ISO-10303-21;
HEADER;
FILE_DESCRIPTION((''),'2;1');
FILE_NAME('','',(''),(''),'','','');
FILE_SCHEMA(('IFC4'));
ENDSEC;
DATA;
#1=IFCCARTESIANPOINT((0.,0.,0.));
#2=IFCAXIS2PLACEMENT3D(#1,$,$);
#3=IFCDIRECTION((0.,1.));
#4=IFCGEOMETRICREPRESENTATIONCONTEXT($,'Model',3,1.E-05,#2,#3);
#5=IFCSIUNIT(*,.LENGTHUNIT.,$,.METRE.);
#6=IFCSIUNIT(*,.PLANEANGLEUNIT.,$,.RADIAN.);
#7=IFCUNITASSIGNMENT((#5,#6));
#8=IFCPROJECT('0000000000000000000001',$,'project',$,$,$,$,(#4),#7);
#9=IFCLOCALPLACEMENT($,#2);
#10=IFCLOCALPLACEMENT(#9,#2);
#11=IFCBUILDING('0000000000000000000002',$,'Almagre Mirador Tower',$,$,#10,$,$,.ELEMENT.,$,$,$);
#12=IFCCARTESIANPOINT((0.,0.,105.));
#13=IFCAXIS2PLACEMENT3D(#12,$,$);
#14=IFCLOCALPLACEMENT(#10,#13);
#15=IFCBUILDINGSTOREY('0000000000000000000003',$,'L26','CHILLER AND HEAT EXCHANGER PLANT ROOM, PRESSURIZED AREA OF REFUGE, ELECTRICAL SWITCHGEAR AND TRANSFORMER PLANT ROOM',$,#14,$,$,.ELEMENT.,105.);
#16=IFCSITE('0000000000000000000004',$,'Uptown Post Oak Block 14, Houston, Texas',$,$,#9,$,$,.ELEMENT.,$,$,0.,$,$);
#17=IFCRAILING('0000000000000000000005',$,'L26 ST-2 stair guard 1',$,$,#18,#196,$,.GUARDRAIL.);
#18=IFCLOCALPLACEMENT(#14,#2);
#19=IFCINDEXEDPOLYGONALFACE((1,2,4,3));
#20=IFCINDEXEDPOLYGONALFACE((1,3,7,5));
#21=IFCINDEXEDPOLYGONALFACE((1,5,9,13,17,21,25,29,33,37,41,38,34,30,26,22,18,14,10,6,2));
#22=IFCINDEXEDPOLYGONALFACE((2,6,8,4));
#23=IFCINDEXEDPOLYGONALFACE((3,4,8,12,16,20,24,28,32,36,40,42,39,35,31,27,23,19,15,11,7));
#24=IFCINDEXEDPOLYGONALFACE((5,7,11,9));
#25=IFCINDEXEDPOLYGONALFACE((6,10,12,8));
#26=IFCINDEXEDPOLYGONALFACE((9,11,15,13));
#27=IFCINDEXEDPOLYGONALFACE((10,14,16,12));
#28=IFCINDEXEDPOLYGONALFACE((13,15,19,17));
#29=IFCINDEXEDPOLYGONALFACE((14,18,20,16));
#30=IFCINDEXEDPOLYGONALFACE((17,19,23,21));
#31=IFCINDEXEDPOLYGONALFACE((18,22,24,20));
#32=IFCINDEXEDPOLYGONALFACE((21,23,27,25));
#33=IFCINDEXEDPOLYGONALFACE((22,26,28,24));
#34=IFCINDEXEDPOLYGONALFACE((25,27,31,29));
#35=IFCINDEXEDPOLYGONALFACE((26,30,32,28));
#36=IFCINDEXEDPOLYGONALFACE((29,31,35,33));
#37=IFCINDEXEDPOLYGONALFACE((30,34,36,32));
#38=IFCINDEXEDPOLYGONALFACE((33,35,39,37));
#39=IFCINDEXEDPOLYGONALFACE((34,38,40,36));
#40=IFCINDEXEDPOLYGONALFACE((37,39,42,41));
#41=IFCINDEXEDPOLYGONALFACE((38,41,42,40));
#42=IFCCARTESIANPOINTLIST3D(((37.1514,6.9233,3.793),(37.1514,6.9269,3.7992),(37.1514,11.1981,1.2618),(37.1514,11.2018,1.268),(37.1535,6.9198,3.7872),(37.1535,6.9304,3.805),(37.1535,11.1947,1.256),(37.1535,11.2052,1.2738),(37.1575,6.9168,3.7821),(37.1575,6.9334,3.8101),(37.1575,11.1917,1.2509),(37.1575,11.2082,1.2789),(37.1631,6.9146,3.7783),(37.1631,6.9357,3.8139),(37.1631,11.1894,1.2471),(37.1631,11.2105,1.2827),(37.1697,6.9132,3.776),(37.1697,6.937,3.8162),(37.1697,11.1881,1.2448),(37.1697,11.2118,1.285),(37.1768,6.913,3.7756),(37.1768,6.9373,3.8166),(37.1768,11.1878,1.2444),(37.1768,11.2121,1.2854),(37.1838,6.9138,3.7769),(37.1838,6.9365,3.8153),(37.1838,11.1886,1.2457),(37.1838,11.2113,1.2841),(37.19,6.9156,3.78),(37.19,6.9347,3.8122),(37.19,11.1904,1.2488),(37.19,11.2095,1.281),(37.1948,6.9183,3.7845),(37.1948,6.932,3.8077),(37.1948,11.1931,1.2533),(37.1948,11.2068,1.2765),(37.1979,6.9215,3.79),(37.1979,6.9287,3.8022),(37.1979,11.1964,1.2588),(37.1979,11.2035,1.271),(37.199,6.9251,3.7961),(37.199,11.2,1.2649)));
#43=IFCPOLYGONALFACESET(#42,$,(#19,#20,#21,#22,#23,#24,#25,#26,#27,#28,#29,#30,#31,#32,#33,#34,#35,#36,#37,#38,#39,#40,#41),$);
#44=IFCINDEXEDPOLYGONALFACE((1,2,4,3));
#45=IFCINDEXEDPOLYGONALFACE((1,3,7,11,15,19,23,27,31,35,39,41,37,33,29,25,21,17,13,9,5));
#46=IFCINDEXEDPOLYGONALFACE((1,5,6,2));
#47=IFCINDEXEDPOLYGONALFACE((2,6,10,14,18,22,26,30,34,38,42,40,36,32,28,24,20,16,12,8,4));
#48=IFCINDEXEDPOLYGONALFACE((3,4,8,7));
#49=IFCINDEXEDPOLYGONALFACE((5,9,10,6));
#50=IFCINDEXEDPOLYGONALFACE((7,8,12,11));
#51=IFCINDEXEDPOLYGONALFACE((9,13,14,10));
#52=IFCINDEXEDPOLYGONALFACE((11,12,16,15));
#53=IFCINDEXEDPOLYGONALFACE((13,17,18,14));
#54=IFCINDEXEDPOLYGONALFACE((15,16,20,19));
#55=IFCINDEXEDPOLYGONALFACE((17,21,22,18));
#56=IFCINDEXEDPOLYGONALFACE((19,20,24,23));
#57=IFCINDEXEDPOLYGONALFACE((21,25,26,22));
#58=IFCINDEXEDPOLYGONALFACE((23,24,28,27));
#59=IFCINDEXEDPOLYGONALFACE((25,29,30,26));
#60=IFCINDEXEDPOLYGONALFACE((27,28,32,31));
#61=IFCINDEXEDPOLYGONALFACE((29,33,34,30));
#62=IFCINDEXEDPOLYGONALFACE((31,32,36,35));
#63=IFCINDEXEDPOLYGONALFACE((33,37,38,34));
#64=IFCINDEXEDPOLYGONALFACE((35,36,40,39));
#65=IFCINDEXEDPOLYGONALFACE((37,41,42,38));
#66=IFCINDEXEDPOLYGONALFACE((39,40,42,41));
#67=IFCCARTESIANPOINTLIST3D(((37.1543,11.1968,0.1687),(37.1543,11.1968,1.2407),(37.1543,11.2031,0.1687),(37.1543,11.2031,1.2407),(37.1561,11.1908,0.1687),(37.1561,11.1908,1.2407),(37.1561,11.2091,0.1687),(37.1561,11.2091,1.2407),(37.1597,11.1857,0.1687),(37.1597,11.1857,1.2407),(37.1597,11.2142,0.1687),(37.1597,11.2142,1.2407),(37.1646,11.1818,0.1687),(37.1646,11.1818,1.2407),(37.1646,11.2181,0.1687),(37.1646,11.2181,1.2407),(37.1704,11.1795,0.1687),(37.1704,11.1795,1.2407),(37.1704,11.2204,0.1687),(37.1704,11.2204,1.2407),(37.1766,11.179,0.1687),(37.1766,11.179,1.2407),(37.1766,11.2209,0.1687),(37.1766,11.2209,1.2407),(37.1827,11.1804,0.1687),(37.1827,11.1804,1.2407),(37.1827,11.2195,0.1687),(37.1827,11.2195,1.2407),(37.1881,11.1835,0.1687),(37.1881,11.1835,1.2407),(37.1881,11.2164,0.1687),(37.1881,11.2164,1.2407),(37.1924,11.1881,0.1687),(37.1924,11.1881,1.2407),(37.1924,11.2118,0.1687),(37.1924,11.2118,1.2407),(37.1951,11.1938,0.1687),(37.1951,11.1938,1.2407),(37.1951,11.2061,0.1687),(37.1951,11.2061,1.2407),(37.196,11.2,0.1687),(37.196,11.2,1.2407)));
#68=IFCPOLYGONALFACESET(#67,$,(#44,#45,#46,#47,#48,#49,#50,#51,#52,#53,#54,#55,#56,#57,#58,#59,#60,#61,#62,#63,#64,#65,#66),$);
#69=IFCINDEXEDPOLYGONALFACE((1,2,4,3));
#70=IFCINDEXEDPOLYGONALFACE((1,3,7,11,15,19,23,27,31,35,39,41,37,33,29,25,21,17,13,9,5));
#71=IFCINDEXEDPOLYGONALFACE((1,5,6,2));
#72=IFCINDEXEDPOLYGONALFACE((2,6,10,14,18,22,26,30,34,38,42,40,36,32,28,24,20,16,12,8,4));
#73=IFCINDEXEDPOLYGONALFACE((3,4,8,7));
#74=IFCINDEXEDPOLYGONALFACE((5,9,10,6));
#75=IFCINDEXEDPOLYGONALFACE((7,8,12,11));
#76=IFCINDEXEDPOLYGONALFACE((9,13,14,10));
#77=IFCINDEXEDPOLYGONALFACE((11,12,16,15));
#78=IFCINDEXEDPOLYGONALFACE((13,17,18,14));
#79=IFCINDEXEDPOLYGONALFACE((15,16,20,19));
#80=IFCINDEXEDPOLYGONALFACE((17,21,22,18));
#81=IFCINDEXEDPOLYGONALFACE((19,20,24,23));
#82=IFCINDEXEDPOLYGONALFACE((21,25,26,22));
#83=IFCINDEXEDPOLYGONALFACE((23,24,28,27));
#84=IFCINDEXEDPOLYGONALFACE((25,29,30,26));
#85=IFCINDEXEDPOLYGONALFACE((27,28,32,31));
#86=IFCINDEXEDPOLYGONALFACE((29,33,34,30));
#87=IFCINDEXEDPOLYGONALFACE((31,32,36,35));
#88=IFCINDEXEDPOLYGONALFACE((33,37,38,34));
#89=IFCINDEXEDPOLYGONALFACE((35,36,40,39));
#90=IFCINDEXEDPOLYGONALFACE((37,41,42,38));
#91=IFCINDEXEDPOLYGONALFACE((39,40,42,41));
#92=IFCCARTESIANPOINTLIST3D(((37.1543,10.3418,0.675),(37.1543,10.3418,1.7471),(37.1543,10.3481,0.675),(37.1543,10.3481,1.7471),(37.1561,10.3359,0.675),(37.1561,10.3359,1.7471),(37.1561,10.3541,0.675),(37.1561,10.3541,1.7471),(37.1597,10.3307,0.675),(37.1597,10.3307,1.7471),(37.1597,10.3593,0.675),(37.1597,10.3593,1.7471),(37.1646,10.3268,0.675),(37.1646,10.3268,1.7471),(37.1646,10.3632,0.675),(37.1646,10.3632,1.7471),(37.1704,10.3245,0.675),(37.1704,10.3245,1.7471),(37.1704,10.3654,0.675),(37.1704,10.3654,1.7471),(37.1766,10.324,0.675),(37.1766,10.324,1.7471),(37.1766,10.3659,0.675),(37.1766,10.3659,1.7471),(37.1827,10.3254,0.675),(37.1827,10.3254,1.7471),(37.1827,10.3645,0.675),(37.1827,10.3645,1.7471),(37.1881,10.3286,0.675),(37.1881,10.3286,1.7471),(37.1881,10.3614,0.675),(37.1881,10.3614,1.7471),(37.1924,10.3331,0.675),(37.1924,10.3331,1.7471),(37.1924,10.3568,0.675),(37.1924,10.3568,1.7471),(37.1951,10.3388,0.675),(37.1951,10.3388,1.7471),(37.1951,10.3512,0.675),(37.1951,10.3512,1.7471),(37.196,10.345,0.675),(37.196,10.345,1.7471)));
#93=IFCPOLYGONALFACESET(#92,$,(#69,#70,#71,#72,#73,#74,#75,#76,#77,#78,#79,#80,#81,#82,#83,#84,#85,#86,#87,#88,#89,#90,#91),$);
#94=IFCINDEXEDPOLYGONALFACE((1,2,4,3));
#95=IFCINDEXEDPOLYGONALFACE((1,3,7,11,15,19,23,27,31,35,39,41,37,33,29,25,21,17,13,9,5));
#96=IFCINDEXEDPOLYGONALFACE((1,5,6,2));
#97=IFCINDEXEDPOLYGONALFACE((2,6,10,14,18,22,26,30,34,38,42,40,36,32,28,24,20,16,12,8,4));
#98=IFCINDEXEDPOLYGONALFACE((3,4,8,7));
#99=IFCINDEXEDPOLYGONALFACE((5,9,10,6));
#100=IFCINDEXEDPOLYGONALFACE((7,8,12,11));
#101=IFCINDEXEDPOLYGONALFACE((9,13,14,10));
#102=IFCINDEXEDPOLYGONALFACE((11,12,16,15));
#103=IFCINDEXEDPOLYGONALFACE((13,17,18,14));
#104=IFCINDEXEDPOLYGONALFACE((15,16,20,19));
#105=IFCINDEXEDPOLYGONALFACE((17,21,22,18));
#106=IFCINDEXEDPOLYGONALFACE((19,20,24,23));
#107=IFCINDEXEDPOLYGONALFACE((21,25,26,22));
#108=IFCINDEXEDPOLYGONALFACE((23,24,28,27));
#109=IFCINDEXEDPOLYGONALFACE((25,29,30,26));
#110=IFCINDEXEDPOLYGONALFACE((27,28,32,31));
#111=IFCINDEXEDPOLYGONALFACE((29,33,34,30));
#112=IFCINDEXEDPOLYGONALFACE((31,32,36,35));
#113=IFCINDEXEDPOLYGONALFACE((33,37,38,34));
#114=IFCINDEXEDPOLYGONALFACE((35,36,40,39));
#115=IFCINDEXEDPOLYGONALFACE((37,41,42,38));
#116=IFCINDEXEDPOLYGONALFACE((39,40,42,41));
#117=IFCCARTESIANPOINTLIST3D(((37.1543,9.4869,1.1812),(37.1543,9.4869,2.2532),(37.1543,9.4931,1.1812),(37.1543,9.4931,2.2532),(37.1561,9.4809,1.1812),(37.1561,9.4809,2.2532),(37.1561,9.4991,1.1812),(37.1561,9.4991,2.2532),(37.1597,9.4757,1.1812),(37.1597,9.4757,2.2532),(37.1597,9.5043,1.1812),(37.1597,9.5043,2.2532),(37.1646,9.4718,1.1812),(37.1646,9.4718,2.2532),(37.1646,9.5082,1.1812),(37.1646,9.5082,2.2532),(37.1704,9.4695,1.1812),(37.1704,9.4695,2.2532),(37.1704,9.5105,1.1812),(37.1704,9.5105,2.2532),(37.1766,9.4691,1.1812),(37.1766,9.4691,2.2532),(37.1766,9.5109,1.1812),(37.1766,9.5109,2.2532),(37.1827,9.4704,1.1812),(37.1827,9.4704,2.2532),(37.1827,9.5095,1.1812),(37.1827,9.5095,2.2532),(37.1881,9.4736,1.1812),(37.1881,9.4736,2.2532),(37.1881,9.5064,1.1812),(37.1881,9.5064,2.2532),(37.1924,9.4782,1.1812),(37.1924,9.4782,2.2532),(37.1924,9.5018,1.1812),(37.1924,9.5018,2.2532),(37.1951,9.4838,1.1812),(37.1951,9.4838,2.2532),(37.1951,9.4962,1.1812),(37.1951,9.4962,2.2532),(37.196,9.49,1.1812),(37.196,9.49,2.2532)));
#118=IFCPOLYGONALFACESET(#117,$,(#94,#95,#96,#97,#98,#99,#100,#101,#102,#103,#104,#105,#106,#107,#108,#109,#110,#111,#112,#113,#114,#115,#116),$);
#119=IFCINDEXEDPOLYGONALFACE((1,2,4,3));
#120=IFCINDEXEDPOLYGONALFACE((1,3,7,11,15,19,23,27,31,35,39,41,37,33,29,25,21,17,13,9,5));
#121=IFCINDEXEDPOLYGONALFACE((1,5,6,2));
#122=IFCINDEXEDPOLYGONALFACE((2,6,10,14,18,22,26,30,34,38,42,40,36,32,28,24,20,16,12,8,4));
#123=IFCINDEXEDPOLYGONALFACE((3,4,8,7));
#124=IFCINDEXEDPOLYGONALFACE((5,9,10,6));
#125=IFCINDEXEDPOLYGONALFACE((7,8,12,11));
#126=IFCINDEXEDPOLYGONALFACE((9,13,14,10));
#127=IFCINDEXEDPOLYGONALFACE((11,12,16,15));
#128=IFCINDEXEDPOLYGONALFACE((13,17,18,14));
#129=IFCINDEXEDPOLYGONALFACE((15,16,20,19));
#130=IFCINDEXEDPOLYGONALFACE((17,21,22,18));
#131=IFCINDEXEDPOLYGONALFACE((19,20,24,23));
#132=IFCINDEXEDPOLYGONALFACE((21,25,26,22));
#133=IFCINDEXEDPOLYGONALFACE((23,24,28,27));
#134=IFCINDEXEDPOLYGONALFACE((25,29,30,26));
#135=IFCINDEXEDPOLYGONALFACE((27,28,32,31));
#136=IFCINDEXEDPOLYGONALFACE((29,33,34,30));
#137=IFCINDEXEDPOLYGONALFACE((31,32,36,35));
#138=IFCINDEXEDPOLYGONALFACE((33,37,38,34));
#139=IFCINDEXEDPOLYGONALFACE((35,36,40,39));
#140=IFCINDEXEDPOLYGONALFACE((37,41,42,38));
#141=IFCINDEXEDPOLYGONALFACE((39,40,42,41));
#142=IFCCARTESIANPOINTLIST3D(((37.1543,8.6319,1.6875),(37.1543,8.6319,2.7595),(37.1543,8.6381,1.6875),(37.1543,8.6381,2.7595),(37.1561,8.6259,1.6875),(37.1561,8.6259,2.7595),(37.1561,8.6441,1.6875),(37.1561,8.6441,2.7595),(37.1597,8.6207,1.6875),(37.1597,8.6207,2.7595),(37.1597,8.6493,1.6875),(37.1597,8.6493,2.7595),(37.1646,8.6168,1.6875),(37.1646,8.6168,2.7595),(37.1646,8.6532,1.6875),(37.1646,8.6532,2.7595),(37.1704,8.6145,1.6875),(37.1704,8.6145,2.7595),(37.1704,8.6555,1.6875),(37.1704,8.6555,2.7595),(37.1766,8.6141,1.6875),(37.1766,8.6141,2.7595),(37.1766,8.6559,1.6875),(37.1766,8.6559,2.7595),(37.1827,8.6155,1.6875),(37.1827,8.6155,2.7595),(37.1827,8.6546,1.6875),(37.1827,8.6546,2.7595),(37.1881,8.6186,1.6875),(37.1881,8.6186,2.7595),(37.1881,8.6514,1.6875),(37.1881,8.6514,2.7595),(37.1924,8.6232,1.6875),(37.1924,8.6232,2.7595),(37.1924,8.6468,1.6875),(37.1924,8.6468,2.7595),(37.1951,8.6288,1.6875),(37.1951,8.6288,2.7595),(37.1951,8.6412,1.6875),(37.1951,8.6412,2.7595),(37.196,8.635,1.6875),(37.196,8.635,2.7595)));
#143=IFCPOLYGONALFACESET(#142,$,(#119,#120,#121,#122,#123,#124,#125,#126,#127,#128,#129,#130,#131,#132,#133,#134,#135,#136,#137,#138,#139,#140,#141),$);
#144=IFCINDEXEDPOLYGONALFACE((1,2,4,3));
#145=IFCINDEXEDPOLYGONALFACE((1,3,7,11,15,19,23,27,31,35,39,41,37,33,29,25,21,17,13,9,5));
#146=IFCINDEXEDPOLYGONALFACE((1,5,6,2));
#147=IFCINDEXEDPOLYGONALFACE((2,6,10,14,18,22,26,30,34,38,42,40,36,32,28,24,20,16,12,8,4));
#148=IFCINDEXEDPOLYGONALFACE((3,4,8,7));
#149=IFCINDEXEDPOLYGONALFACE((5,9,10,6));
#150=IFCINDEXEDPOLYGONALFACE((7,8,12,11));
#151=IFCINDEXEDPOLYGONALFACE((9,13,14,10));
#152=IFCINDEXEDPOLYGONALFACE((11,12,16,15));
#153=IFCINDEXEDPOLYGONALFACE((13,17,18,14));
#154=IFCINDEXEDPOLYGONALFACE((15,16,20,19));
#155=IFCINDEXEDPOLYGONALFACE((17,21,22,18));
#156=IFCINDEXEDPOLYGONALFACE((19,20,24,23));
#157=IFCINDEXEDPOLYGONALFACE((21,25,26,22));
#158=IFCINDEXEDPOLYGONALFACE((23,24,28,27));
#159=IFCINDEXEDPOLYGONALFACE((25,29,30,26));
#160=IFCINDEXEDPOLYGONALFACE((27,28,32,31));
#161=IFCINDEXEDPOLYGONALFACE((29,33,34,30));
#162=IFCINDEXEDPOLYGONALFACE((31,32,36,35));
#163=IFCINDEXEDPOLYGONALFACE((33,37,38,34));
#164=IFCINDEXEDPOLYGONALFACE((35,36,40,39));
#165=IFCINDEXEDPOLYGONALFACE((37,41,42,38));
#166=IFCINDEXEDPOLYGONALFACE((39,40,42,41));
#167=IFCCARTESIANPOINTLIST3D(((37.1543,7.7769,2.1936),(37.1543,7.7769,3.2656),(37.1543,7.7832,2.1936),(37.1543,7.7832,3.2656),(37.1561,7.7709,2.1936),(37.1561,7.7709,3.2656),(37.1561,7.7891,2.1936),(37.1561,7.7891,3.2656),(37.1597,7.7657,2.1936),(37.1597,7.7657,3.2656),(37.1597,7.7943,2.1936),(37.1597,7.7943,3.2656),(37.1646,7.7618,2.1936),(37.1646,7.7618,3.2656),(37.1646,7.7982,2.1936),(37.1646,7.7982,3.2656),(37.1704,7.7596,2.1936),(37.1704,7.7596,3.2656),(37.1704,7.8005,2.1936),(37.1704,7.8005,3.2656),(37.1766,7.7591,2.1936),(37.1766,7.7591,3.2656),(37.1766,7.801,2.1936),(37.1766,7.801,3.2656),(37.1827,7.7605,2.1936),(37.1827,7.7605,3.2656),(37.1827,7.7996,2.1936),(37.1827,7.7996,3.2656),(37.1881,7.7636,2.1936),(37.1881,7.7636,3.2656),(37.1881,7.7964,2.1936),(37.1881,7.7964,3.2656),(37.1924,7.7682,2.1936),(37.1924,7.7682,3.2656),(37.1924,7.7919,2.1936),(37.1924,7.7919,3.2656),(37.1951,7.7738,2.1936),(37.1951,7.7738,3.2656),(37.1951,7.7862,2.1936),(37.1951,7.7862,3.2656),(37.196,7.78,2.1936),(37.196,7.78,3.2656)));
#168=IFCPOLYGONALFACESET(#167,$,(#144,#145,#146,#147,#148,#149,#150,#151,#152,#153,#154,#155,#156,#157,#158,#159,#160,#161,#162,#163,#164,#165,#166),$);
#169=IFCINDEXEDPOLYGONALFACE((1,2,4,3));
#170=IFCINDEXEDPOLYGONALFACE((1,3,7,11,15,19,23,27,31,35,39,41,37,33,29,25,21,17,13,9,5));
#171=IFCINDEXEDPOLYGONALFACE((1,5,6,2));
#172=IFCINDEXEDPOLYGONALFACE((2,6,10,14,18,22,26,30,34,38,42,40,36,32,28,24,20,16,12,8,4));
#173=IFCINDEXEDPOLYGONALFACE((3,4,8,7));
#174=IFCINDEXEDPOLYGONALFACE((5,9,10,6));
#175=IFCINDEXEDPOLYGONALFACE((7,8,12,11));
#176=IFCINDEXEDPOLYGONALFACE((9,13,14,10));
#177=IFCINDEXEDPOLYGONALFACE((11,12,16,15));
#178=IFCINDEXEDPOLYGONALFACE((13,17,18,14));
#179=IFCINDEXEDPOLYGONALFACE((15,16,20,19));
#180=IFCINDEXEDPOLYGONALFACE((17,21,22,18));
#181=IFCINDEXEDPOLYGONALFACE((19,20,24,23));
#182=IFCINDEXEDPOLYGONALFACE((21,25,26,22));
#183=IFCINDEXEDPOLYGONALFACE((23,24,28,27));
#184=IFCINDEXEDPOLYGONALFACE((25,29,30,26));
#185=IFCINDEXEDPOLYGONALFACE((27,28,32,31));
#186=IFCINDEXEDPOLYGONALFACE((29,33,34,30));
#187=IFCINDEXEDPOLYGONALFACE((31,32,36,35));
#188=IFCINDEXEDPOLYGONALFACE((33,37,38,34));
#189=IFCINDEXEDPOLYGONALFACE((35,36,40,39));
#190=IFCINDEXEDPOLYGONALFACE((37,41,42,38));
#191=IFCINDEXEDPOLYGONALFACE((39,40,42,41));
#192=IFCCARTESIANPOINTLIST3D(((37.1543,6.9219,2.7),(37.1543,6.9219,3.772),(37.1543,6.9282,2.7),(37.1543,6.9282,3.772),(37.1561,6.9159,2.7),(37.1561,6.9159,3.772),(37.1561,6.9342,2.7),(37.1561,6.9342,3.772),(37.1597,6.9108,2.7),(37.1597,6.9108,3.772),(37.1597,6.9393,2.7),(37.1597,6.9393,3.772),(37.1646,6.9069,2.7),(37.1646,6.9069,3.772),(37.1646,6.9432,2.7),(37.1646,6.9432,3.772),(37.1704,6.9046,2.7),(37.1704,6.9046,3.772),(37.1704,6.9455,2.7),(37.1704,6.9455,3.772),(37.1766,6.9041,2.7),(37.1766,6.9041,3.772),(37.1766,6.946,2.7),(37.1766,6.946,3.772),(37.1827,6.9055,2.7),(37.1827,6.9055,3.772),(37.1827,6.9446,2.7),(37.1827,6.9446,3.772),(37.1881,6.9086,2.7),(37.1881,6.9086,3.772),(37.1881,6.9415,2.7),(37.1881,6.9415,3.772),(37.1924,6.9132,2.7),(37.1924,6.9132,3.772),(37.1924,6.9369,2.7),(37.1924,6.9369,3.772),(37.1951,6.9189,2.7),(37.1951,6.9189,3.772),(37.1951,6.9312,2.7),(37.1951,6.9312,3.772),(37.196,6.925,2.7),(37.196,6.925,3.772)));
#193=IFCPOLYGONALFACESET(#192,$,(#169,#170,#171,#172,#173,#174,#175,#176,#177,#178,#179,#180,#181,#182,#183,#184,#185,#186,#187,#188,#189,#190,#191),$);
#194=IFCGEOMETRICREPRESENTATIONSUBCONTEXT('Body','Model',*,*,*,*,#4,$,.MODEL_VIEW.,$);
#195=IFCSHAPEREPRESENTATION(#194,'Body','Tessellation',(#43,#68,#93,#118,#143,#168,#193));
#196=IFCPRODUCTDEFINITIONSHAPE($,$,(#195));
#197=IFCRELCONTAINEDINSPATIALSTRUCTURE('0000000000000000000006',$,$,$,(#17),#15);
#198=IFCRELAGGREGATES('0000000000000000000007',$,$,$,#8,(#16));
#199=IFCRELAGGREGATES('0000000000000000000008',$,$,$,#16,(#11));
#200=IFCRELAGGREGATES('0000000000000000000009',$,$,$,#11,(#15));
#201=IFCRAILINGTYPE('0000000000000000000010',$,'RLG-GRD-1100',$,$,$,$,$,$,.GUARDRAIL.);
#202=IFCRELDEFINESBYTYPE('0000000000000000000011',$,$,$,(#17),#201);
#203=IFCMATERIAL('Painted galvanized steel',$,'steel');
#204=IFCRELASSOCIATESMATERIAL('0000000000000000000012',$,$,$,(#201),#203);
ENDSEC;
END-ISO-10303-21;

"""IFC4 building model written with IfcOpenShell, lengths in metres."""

from ifc_helpers import new_model, si_unit, direction, frame, origin, origin_2d, place, context, subcontext, project, spatial, circle, extrude, material, type_object, element, save


model = new_model("IFC4")

# Units and contexts
model_context = context("Model", 3, precision=1e-05, world=origin(), true_north=direction((0.0, 1.0)))
body_context = subcontext(model_context, "Body", "Model", "MODEL_VIEW")
ifc_project = project(units=[si_unit("LENGTHUNIT", "METRE"), si_unit("PLANEANGLEUNIT", "RADIAN")], contexts=[model_context])

# Site, building, storey
site_placement = place(None, origin())
site = spatial("IfcSite", under=ifc_project, at=site_placement, Name="Uptown Post Oak Block 14, Houston, Texas", CompositionType="ELEMENT", RefElevation=0.0)
building_placement = place(site_placement, origin())
building = spatial("IfcBuilding", under=site, at=building_placement, Name="Almagre Mirador Tower", CompositionType="ELEMENT")
storey_placement = place(building_placement, frame((0.0, 0.0, 105.0)))
storey = spatial("IfcBuildingStorey", under=building, at=storey_placement, Name="L26", Description="CHILLER AND HEAT EXCHANGER PLANT ROOM, PRESSURIZED AREA OF REFUGE, ELECTRICAL SWITCHGEAR AND TRANSFORMER PLANT ROOM", CompositionType="ELEMENT", Elevation=105.0)

# Railing
ifc_material_1 = material(Name="Painted galvanized steel", Category="steel")
railing_type_1 = type_object("IfcRailingType", Name="RLG-GRD-1100", PredefinedType="GUARDRAIL", material=ifc_material_1)
railing_1_placement = place(storey_placement, frame((37.175, 11.2, 0.1687)))
element("IfcRailing", 1, at=railing_1_placement, inside=storey, type_object=railing_type_1, Name="L26 ST-2 stair guard 1", PredefinedType="GUARDRAIL", context=body_context, shape_type="SweptSolid", body=[
    extrude(circle(Radius=0.0239, at=origin_2d()), frame((0.0, 0.0, 1.0962), z_axis=(0.0, -0.86047, 0.509501), x_axis=(1.0, 0.0, 0.0)), (0.0, 0.0, 1.0), 4.968),
    extrude(circle(Radius=0.021, at=origin_2d()), origin(), (0.0, 0.0, 1.0), 1.072),
    extrude(circle(Radius=0.021, at=origin_2d()), frame((0.0, -0.855, 0.5063)), (0.0, 0.0, 1.0), 1.072),
    extrude(circle(Radius=0.021, at=origin_2d()), frame((0.0, -1.71, 1.0125)), (0.0, 0.0, 1.0), 1.072),
    extrude(circle(Radius=0.021, at=origin_2d()), frame((0.0, -2.5649, 1.5188)), (0.0, 0.0, 1.0), 1.072),
    extrude(circle(Radius=0.021, at=origin_2d()), frame((0.0, -3.4199, 2.0249)), (0.0, 0.0, 1.0), 1.072),
    extrude(circle(Radius=0.021, at=origin_2d()), frame((0.0, -4.2749, 2.5312)), (0.0, 0.0, 1.0), 1.072),
])

save(model, "model.ifc")
